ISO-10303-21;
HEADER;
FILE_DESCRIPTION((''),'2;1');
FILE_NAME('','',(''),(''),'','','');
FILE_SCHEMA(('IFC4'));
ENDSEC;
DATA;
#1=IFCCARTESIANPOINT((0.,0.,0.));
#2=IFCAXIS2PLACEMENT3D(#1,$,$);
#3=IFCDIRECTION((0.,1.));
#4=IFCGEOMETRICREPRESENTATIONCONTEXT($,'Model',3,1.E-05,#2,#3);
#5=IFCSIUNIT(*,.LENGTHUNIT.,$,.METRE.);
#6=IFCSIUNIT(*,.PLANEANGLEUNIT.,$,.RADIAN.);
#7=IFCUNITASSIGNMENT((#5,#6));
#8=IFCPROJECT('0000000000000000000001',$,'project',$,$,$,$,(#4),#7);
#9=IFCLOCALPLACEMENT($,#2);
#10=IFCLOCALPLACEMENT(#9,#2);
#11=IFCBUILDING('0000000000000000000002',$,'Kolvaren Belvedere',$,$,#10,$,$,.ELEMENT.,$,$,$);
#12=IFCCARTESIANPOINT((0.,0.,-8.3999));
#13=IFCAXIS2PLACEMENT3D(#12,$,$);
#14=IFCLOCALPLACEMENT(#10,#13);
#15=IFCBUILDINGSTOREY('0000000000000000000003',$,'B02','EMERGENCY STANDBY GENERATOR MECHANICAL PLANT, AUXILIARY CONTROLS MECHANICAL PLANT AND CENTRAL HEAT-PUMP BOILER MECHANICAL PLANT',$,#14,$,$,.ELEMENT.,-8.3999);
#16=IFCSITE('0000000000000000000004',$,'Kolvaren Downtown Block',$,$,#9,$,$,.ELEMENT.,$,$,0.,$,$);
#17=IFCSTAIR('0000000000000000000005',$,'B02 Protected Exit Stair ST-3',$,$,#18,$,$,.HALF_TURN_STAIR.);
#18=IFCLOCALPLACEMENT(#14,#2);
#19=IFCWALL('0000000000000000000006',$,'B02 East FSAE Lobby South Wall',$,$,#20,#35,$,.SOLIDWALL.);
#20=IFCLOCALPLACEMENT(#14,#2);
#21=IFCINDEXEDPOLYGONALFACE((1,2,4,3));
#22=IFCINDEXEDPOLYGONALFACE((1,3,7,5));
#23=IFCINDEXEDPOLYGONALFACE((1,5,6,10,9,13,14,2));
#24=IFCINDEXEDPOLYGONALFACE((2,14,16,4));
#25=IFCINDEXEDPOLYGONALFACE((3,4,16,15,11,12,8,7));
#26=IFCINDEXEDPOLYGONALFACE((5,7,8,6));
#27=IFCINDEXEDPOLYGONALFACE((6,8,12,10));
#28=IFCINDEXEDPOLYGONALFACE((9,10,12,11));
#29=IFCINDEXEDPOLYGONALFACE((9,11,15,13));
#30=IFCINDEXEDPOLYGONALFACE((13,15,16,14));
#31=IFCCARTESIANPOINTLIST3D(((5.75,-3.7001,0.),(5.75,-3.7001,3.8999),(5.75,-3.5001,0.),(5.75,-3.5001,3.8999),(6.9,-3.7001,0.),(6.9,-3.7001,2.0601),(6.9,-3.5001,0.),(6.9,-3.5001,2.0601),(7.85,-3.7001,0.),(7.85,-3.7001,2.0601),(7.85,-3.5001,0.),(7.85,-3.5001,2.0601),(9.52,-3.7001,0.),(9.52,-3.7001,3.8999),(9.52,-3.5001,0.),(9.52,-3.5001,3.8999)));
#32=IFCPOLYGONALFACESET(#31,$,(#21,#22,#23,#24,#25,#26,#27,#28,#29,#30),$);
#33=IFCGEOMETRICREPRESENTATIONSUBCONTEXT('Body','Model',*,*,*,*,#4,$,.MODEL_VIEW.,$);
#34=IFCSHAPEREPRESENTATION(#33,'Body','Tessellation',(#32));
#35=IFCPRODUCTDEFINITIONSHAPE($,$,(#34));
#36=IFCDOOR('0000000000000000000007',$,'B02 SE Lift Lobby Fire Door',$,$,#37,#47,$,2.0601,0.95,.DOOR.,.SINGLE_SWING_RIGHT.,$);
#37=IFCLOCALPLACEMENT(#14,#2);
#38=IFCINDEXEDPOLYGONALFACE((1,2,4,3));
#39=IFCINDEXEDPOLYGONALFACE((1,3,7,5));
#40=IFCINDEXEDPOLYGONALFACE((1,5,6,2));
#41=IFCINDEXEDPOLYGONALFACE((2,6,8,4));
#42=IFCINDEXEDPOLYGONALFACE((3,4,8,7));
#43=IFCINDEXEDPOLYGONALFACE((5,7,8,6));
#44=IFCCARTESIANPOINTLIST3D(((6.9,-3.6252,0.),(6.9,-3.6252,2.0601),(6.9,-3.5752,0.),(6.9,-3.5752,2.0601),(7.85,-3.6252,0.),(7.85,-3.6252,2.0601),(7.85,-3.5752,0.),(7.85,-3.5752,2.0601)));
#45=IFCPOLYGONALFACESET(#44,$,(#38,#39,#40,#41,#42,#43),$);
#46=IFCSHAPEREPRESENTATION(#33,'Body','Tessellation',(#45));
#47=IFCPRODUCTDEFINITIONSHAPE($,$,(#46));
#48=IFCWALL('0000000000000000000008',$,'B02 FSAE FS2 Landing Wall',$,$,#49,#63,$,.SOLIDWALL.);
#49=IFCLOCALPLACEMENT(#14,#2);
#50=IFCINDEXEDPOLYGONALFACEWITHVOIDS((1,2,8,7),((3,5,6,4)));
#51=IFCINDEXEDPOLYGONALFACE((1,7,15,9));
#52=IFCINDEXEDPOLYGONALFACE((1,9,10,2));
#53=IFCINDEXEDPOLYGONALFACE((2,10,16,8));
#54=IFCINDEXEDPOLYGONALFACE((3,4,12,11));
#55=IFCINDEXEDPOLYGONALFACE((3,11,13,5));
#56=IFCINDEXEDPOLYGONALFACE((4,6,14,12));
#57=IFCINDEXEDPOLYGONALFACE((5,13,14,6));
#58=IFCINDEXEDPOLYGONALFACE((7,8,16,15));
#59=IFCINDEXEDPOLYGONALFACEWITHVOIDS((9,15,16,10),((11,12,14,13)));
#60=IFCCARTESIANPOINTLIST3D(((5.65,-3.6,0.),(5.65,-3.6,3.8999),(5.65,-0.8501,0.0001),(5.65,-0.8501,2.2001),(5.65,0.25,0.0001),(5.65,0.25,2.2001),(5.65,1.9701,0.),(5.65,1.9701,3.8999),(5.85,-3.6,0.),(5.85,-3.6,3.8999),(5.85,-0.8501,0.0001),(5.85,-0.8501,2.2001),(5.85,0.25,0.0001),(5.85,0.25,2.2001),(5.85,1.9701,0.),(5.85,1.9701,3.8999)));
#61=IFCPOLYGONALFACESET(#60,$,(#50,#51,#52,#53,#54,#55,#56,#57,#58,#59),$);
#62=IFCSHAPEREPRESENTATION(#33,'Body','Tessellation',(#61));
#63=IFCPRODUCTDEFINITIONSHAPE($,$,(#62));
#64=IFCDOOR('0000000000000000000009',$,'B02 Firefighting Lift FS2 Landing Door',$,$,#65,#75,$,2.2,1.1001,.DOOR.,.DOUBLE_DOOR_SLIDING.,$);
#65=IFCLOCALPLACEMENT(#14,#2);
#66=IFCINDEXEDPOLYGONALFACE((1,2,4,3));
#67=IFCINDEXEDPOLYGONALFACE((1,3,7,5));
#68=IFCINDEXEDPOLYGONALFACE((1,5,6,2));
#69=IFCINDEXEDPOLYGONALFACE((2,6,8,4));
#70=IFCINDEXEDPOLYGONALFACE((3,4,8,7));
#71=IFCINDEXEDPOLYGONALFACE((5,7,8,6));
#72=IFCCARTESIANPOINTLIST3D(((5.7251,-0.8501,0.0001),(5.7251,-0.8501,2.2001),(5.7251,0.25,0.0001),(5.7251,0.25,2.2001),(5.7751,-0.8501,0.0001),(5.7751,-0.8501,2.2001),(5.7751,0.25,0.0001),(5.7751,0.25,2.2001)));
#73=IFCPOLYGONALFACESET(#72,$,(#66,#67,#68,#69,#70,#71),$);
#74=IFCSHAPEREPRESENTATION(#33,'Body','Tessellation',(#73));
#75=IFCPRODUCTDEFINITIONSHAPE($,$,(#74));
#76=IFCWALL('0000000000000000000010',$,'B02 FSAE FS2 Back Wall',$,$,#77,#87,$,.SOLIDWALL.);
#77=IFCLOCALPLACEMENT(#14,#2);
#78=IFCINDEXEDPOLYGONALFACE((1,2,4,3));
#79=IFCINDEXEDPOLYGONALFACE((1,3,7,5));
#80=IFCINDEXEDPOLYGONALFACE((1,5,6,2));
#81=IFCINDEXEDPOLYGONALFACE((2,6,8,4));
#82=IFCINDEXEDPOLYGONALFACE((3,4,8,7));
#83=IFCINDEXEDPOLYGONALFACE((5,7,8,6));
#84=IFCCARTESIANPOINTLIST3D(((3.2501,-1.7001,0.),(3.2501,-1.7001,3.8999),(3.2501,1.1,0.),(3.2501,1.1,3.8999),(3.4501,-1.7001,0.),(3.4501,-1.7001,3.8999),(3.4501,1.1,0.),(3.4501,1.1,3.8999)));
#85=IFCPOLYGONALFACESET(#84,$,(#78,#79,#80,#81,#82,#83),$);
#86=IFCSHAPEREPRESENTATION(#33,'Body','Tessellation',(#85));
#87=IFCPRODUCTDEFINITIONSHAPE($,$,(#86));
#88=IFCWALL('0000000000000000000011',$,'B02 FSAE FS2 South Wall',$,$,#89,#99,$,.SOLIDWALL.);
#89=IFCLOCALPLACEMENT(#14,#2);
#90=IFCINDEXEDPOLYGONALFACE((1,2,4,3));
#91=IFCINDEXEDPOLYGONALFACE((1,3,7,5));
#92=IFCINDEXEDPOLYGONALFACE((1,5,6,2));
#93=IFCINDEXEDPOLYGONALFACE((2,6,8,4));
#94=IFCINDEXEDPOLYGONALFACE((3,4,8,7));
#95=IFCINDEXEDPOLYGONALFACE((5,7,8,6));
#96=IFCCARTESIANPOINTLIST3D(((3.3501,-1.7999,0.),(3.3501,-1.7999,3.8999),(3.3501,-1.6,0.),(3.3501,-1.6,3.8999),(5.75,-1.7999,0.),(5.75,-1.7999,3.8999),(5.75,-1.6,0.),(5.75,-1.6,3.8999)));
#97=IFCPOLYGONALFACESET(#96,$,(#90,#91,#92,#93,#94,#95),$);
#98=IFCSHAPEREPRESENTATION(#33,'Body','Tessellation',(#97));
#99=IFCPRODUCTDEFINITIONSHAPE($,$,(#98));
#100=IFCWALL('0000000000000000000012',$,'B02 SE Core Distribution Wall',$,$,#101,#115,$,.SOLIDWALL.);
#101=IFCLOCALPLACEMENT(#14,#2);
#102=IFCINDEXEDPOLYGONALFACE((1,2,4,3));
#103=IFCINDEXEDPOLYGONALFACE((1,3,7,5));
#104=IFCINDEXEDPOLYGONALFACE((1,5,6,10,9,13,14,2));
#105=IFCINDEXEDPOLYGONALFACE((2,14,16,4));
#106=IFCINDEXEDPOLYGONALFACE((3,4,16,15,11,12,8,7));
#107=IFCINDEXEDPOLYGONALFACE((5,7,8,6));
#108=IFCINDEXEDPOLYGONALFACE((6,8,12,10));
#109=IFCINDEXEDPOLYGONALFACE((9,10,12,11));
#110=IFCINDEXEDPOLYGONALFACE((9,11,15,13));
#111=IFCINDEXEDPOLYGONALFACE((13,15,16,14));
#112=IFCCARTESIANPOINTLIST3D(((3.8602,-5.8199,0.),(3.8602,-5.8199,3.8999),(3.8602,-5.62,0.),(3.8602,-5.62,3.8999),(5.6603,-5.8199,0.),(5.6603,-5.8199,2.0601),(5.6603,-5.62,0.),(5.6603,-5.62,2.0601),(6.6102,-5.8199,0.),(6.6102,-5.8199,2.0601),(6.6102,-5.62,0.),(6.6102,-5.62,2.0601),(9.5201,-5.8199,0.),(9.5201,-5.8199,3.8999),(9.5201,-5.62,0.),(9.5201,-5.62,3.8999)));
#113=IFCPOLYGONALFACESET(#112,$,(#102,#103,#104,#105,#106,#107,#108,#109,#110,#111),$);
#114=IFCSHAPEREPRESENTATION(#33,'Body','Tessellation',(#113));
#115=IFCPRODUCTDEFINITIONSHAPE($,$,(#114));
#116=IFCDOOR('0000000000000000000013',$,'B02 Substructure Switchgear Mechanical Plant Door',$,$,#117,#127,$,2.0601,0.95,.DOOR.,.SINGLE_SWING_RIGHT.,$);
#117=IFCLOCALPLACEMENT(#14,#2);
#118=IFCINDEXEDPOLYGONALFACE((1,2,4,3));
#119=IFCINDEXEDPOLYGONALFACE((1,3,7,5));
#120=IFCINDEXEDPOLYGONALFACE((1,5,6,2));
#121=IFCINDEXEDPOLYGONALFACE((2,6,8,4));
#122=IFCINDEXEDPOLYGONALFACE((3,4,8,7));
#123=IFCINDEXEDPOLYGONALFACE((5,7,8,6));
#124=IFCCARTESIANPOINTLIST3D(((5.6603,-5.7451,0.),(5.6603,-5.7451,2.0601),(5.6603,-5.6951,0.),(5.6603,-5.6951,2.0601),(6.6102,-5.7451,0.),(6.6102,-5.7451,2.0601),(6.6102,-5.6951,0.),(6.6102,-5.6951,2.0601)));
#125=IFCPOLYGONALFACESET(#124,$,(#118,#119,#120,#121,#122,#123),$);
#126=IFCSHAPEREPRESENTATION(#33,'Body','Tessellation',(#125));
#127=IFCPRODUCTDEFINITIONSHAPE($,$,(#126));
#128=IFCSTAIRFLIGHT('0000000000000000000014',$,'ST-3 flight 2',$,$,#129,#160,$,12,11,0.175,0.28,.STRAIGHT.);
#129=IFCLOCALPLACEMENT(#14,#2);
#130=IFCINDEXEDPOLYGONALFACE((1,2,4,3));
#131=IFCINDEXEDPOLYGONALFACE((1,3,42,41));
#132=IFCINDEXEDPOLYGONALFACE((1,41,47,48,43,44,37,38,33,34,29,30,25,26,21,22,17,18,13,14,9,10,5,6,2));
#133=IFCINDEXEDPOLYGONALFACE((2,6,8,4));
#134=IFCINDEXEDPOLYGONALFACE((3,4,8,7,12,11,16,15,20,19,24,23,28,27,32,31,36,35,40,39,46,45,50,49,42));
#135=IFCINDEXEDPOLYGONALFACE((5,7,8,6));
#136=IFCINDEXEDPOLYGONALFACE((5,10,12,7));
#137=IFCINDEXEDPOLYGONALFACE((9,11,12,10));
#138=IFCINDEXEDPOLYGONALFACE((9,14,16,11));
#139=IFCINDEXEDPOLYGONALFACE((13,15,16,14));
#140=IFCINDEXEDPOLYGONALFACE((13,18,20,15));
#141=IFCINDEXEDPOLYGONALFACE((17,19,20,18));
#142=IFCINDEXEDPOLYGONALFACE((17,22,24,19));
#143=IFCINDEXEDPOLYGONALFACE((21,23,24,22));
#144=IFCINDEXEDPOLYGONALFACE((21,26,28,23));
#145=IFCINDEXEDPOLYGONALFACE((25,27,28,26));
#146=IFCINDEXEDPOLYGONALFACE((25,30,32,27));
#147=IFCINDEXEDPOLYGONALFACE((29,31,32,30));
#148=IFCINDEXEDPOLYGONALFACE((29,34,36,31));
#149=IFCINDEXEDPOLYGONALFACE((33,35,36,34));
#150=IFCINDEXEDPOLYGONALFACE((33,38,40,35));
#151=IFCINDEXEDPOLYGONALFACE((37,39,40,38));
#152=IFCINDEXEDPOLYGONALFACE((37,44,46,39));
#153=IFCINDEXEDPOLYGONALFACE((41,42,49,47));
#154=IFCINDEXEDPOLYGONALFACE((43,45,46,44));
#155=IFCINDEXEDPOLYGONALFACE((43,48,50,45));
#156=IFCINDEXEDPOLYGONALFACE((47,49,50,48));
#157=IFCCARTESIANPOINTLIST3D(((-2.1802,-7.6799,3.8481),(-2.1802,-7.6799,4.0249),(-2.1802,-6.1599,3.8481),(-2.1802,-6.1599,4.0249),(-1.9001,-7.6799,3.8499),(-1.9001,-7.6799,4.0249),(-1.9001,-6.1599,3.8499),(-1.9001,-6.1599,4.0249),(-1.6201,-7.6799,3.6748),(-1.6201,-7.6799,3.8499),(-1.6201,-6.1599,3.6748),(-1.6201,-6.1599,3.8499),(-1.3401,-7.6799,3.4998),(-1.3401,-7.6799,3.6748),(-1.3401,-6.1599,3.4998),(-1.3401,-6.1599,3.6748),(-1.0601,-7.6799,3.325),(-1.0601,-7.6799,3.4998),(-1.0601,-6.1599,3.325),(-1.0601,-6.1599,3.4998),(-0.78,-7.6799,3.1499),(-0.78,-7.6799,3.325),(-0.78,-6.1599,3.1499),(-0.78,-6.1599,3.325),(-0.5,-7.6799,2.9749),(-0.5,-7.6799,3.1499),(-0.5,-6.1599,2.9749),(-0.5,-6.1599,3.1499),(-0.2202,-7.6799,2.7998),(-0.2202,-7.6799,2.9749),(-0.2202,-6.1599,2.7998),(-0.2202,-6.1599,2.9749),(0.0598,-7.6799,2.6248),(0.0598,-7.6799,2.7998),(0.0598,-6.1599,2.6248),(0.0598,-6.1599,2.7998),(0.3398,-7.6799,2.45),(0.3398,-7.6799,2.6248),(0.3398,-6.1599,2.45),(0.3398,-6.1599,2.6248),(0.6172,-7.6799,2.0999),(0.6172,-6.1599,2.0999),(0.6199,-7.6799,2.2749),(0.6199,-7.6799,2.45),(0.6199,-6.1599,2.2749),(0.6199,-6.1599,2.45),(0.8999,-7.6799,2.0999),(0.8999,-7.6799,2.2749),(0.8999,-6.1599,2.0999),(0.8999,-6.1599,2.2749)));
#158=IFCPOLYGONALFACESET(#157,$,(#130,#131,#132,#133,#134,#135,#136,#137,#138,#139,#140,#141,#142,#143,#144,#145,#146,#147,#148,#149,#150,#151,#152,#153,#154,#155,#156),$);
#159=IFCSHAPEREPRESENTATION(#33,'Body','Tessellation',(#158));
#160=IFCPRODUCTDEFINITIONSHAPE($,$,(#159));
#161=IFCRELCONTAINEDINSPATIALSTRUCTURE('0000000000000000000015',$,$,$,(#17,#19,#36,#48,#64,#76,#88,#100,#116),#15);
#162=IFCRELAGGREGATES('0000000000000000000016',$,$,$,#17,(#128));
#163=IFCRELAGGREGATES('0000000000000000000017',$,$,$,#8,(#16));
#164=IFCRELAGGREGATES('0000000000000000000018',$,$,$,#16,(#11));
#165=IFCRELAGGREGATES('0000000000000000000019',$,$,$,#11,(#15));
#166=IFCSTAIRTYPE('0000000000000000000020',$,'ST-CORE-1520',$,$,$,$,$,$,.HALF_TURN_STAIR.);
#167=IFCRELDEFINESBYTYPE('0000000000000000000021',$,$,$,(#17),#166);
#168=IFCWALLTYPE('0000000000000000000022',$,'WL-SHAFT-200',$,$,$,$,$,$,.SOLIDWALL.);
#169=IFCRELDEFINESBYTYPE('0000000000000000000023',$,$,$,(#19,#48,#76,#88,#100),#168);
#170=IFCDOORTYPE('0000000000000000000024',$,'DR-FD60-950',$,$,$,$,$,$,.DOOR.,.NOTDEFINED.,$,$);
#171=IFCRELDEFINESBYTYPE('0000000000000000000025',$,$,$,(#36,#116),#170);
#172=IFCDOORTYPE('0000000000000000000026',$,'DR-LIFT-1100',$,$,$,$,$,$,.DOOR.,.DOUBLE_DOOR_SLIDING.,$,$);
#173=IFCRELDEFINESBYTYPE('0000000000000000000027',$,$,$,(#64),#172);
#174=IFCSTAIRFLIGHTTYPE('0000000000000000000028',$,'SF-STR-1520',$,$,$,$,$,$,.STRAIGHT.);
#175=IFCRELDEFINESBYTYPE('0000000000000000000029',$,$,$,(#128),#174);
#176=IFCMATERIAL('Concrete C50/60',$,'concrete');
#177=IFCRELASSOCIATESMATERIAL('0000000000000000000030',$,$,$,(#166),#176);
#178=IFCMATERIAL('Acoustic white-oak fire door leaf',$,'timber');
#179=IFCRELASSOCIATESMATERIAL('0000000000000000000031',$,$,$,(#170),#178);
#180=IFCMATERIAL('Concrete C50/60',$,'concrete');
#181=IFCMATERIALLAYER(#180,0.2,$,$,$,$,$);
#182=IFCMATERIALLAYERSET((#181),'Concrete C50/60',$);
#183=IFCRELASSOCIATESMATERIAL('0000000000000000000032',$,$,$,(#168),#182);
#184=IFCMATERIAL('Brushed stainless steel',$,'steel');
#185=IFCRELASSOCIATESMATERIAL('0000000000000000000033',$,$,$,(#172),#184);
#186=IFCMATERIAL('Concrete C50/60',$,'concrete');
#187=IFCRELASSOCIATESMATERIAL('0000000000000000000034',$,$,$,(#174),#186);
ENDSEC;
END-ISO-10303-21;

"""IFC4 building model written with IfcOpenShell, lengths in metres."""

from ifc_helpers import new_model, si_unit, direction, frame, frame_2d, origin, place, context, subcontext, project, spatial, polyline, rectangle, outline, extrude, material, layer, layer_set, type_object, element, fill, aggregate, save


model = new_model("IFC4")

# Units and contexts
model_context = context("Model", 3, precision=1e-05, world=origin(), true_north=direction((0.0, 1.0)))
body_context = subcontext(model_context, "Body", "Model", "MODEL_VIEW")
ifc_project = project(units=[si_unit("LENGTHUNIT", "METRE"), si_unit("PLANEANGLEUNIT", "RADIAN")], contexts=[model_context])

# Site, building, storey
site_placement = place(None, origin())
site = spatial("IfcSite", under=ifc_project, at=site_placement, Name="Kolvaren Downtown Block", CompositionType="ELEMENT", RefElevation=0.0)
building_placement = place(site_placement, origin())
building = spatial("IfcBuilding", under=site, at=building_placement, Name="Kolvaren Belvedere", CompositionType="ELEMENT")
storey_placement = place(building_placement, frame((0.0, 0.0, -8.3999)))
storey = spatial("IfcBuildingStorey", under=building, at=storey_placement, Name="B02", Description="EMERGENCY STANDBY GENERATOR MECHANICAL PLANT, AUXILIARY CONTROLS MECHANICAL PLANT AND CENTRAL HEAT-PUMP BOILER MECHANICAL PLANT", CompositionType="ELEMENT", Elevation=-8.3999)

# Stair
ifc_material_1 = material(Name="Concrete C50/60", Category="concrete")
stair_type = type_object("IfcStairType", Name="ST-CORE-1520", PredefinedType="HALF_TURN_STAIR", material=ifc_material_1)
stair_1_placement = place(storey_placement, origin())
stair_1 = element("IfcStair", 1, at=stair_1_placement, inside=storey, type_object=stair_type, Name="B02 Protected Exit Stair ST-3", PredefinedType="HALF_TURN_STAIR")

# Walls, openings, doors
ifc_material_2 = material(Name="Acoustic white-oak fire door leaf", Category="timber")
door_type_1 = type_object("IfcDoorType", Name="DR-FD60-950", OperationType="NOTDEFINED", PredefinedType="DOOR", material=ifc_material_2)
ifc_material_3 = material(Name="Concrete C50/60", Category="concrete")
ifc_layer_1 = layer(ifc_material_3, 0.2)
ifc_layer_set_1 = layer_set([ifc_layer_1], Name="Concrete C50/60")
wall_type_1 = type_object("IfcWallType", Name="WL-SHAFT-200", PredefinedType="SOLIDWALL", material=ifc_layer_set_1)
wall_1_placement = place(storey_placement, frame((5.75, -3.6001, 0.0), z_axis=(0.0, 0.0, 1.0), x_axis=(1.0, 0.0, 0.0)))
wall_1 = element("IfcWall", 2, at=wall_1_placement, inside=storey, type_object=wall_type_1, Name="B02 East FSAE Lobby South Wall", PredefinedType="SOLIDWALL", context=body_context, shape_type="SweptSolid", body=[
    extrude(rectangle(XDim=3.77, YDim=0.2, at=frame_2d((1.885, 0.0))), origin(), (0.0, 0.0, 1.0), 3.8999),
])
opening_1_placement = place(wall_1_placement, frame((1.1499, 0.0, 0.0)))
opening_1 = element("IfcOpeningElement", 3, at=opening_1_placement, cuts=wall_1, PredefinedType="OPENING", context=body_context, shape_type="SweptSolid", body=[
    extrude(rectangle(XDim=0.95, YDim=2.0601, at=frame_2d((0.4751, 1.03))), frame((0.0, 0.1099, 0.0), z_axis=(0.0, -1.0, 0.0), x_axis=(1.0, 0.0, 0.0)), (0.0, 0.0, 1.0), 0.22),
])
door_1_placement = place(opening_1_placement, origin())
door_1 = element("IfcDoor", 4, at=door_1_placement, inside=storey, type_object=door_type_1, Name="B02 SE Lift Lobby Fire Door", OperationType="SINGLE_SWING_RIGHT", OverallHeight=2.0601, OverallWidth=0.95, PredefinedType="DOOR", context=body_context, shape_type="SweptSolid", body=[
    extrude(rectangle(XDim=0.95, YDim=2.0601, at=frame_2d((0.4751, 1.03))), frame((0.0, 0.0249, 0.0), z_axis=(0.0, -1.0, 0.0), x_axis=(1.0, 0.0, 0.0)), (0.0, 0.0, 1.0), 0.05),
])
fill(opening_1, door_1)
wall_2_placement = place(storey_placement, frame((5.75, -3.6001, 0.0), z_axis=(0.0, 0.0, 1.0), x_axis=(0.0, 1.0, 0.0)))
wall_2 = element("IfcWall", 5, at=wall_2_placement, inside=storey, type_object=wall_type_1, Name="B02 FSAE FS2 Landing Wall", PredefinedType="SOLIDWALL", context=body_context, shape_type="SweptSolid", body=[
    extrude(rectangle(XDim=5.5701, YDim=0.2, at=frame_2d((2.7852, 0.0))), origin(), (0.0, 0.0, 1.0), 3.8999),
])
opening_2_placement = place(wall_2_placement, frame((2.75, 0.0, 0.0)))
opening_2 = element("IfcOpeningElement", 6, at=opening_2_placement, cuts=wall_2, PredefinedType="OPENING", context=body_context, shape_type="SweptSolid", body=[
    extrude(rectangle(XDim=1.1001, YDim=2.2, at=frame_2d((0.55, 1.1001))), frame((0.0, 0.1099, 0.0), z_axis=(0.0, -1.0, 0.0), x_axis=(1.0, 0.0, 0.0)), (0.0, 0.0, 1.0), 0.22),
])
ifc_material_4 = material(Name="Brushed stainless steel", Category="steel")
door_type_2 = type_object("IfcDoorType", Name="DR-LIFT-1100", OperationType="DOUBLE_DOOR_SLIDING", PredefinedType="DOOR", material=ifc_material_4)
door_2_placement = place(opening_2_placement, origin())
door_2 = element("IfcDoor", 7, at=door_2_placement, inside=storey, type_object=door_type_2, Name="B02 Firefighting Lift FS2 Landing Door", OperationType="DOUBLE_DOOR_SLIDING", OverallHeight=2.2, OverallWidth=1.1001, PredefinedType="DOOR", context=body_context, shape_type="SweptSolid", body=[
    extrude(rectangle(XDim=1.1001, YDim=2.2, at=frame_2d((0.55, 1.1001))), frame((0.0, 0.0249, 0.0), z_axis=(0.0, -1.0, 0.0), x_axis=(1.0, 0.0, 0.0)), (0.0, 0.0, 1.0), 0.05),
])
fill(opening_2, door_2)

# Walls
wall_3_placement = place(storey_placement, frame((3.3501, -1.7, 0.0), z_axis=(0.0, 0.0, 1.0), x_axis=(0.0, 1.0, 0.0)))
element("IfcWall", 8, at=wall_3_placement, inside=storey, type_object=wall_type_1, Name="B02 FSAE FS2 Back Wall", PredefinedType="SOLIDWALL", context=body_context, shape_type="SweptSolid", body=[
    extrude(rectangle(XDim=2.8, YDim=0.2, at=frame_2d((1.3999, 0.0))), origin(), (0.0, 0.0, 1.0), 3.8999),
])
wall_4_placement = place(storey_placement, frame((3.3501, -1.7, 0.0), z_axis=(0.0, 0.0, 1.0), x_axis=(1.0, 0.0, 0.0)))
element("IfcWall", 9, at=wall_4_placement, inside=storey, type_object=wall_type_1, Name="B02 FSAE FS2 South Wall", PredefinedType="SOLIDWALL", context=body_context, shape_type="SweptSolid", body=[
    extrude(rectangle(XDim=2.3999, YDim=0.2, at=frame_2d((1.2, 0.0))), origin(), (0.0, 0.0, 1.0), 3.8999),
])

# Wall, opening, door
wall_5_placement = place(storey_placement, frame((3.8601, -5.72, 0.0), z_axis=(0.0, 0.0, 1.0), x_axis=(1.0, 0.0, 0.0)))
wall_5 = element("IfcWall", 10, at=wall_5_placement, inside=storey, type_object=wall_type_1, Name="B02 SE Core Distribution Wall", PredefinedType="SOLIDWALL", context=body_context, shape_type="SweptSolid", body=[
    extrude(rectangle(XDim=5.6599, YDim=0.2, at=frame_2d((2.8301, 0.0))), origin(), (0.0, 0.0, 1.0), 3.8999),
])
opening_3_placement = place(wall_5_placement, frame((1.8, 0.0, 0.0)))
opening_3 = element("IfcOpeningElement", 11, at=opening_3_placement, cuts=wall_5, PredefinedType="OPENING", context=body_context, shape_type="SweptSolid", body=[
    extrude(rectangle(XDim=0.95, YDim=2.0601, at=frame_2d((0.4751, 1.03))), frame((0.0, 0.1099, 0.0), z_axis=(0.0, -1.0, 0.0), x_axis=(1.0, 0.0, 0.0)), (0.0, 0.0, 1.0), 0.22),
])
door_3_placement = place(opening_3_placement, origin())
door_3 = element("IfcDoor", 12, at=door_3_placement, inside=storey, type_object=door_type_1, Name="B02 Substructure Switchgear Mechanical Plant Door", OperationType="SINGLE_SWING_RIGHT", OverallHeight=2.0601, OverallWidth=0.95, PredefinedType="DOOR", context=body_context, shape_type="SweptSolid", body=[
    extrude(rectangle(XDim=0.95, YDim=2.0601, at=frame_2d((0.4751, 1.03))), frame((0.0, 0.0249, 0.0), z_axis=(0.0, -1.0, 0.0), x_axis=(1.0, 0.0, 0.0)), (0.0, 0.0, 1.0), 0.05),
])
fill(opening_3, door_3)

# Stair flight
ifc_material_5 = material(Name="Concrete C50/60", Category="concrete")
stair_flight_type = type_object("IfcStairFlightType", Name="SF-STR-1520", PredefinedType="STRAIGHT", material=ifc_material_5)
stair_flight_placement = place(storey_placement, frame((0.8999, -6.9199, 2.0999), z_axis=(0.0, 0.0, 1.0), x_axis=(-1.0, 0.0, 0.0)))
stair_flight = element("IfcStairFlight", 13, at=stair_flight_placement, type_object=stair_flight_type, Name="ST-3 flight 2", NumberOfRisers=12, NumberOfTreads=11, PredefinedType="STRAIGHT", RiserHeight=0.175, TreadLength=0.28, context=body_context, shape_type="SweptSolid", body=[
    extrude(outline(polyline([(0.0, 0.0), (0.0, 0.175), (0.28, 0.175), (0.28, 0.3501), (0.5601, 0.3501), (0.5601, 0.5249), (0.8401, 0.5249), (0.8401, 0.7), (1.1201, 0.7), (1.1201, 0.875), (1.3999, 0.875), (1.3999, 1.05), (1.6799, 1.05), (1.6799, 1.2251), (1.96, 1.2251), (1.96, 1.3999), (2.24, 1.3999), (2.24, 1.575), (2.52, 1.575), (2.52, 1.75), (2.8, 1.75), (2.8, 1.925), (3.0801, 1.925), (3.0801, 2.1001), (3.0801, 1.7483), (0.2827, 0.0), (0.0, 0.0)])), frame((0.0, 0.76, 0.0), z_axis=(0.0, -1.0, 0.0), x_axis=(1.0, 0.0, 0.0)), (0.0, 0.0, 1.0), 1.52),
])
aggregate(stair_1, [stair_flight])

save(model, "model.ifc")
